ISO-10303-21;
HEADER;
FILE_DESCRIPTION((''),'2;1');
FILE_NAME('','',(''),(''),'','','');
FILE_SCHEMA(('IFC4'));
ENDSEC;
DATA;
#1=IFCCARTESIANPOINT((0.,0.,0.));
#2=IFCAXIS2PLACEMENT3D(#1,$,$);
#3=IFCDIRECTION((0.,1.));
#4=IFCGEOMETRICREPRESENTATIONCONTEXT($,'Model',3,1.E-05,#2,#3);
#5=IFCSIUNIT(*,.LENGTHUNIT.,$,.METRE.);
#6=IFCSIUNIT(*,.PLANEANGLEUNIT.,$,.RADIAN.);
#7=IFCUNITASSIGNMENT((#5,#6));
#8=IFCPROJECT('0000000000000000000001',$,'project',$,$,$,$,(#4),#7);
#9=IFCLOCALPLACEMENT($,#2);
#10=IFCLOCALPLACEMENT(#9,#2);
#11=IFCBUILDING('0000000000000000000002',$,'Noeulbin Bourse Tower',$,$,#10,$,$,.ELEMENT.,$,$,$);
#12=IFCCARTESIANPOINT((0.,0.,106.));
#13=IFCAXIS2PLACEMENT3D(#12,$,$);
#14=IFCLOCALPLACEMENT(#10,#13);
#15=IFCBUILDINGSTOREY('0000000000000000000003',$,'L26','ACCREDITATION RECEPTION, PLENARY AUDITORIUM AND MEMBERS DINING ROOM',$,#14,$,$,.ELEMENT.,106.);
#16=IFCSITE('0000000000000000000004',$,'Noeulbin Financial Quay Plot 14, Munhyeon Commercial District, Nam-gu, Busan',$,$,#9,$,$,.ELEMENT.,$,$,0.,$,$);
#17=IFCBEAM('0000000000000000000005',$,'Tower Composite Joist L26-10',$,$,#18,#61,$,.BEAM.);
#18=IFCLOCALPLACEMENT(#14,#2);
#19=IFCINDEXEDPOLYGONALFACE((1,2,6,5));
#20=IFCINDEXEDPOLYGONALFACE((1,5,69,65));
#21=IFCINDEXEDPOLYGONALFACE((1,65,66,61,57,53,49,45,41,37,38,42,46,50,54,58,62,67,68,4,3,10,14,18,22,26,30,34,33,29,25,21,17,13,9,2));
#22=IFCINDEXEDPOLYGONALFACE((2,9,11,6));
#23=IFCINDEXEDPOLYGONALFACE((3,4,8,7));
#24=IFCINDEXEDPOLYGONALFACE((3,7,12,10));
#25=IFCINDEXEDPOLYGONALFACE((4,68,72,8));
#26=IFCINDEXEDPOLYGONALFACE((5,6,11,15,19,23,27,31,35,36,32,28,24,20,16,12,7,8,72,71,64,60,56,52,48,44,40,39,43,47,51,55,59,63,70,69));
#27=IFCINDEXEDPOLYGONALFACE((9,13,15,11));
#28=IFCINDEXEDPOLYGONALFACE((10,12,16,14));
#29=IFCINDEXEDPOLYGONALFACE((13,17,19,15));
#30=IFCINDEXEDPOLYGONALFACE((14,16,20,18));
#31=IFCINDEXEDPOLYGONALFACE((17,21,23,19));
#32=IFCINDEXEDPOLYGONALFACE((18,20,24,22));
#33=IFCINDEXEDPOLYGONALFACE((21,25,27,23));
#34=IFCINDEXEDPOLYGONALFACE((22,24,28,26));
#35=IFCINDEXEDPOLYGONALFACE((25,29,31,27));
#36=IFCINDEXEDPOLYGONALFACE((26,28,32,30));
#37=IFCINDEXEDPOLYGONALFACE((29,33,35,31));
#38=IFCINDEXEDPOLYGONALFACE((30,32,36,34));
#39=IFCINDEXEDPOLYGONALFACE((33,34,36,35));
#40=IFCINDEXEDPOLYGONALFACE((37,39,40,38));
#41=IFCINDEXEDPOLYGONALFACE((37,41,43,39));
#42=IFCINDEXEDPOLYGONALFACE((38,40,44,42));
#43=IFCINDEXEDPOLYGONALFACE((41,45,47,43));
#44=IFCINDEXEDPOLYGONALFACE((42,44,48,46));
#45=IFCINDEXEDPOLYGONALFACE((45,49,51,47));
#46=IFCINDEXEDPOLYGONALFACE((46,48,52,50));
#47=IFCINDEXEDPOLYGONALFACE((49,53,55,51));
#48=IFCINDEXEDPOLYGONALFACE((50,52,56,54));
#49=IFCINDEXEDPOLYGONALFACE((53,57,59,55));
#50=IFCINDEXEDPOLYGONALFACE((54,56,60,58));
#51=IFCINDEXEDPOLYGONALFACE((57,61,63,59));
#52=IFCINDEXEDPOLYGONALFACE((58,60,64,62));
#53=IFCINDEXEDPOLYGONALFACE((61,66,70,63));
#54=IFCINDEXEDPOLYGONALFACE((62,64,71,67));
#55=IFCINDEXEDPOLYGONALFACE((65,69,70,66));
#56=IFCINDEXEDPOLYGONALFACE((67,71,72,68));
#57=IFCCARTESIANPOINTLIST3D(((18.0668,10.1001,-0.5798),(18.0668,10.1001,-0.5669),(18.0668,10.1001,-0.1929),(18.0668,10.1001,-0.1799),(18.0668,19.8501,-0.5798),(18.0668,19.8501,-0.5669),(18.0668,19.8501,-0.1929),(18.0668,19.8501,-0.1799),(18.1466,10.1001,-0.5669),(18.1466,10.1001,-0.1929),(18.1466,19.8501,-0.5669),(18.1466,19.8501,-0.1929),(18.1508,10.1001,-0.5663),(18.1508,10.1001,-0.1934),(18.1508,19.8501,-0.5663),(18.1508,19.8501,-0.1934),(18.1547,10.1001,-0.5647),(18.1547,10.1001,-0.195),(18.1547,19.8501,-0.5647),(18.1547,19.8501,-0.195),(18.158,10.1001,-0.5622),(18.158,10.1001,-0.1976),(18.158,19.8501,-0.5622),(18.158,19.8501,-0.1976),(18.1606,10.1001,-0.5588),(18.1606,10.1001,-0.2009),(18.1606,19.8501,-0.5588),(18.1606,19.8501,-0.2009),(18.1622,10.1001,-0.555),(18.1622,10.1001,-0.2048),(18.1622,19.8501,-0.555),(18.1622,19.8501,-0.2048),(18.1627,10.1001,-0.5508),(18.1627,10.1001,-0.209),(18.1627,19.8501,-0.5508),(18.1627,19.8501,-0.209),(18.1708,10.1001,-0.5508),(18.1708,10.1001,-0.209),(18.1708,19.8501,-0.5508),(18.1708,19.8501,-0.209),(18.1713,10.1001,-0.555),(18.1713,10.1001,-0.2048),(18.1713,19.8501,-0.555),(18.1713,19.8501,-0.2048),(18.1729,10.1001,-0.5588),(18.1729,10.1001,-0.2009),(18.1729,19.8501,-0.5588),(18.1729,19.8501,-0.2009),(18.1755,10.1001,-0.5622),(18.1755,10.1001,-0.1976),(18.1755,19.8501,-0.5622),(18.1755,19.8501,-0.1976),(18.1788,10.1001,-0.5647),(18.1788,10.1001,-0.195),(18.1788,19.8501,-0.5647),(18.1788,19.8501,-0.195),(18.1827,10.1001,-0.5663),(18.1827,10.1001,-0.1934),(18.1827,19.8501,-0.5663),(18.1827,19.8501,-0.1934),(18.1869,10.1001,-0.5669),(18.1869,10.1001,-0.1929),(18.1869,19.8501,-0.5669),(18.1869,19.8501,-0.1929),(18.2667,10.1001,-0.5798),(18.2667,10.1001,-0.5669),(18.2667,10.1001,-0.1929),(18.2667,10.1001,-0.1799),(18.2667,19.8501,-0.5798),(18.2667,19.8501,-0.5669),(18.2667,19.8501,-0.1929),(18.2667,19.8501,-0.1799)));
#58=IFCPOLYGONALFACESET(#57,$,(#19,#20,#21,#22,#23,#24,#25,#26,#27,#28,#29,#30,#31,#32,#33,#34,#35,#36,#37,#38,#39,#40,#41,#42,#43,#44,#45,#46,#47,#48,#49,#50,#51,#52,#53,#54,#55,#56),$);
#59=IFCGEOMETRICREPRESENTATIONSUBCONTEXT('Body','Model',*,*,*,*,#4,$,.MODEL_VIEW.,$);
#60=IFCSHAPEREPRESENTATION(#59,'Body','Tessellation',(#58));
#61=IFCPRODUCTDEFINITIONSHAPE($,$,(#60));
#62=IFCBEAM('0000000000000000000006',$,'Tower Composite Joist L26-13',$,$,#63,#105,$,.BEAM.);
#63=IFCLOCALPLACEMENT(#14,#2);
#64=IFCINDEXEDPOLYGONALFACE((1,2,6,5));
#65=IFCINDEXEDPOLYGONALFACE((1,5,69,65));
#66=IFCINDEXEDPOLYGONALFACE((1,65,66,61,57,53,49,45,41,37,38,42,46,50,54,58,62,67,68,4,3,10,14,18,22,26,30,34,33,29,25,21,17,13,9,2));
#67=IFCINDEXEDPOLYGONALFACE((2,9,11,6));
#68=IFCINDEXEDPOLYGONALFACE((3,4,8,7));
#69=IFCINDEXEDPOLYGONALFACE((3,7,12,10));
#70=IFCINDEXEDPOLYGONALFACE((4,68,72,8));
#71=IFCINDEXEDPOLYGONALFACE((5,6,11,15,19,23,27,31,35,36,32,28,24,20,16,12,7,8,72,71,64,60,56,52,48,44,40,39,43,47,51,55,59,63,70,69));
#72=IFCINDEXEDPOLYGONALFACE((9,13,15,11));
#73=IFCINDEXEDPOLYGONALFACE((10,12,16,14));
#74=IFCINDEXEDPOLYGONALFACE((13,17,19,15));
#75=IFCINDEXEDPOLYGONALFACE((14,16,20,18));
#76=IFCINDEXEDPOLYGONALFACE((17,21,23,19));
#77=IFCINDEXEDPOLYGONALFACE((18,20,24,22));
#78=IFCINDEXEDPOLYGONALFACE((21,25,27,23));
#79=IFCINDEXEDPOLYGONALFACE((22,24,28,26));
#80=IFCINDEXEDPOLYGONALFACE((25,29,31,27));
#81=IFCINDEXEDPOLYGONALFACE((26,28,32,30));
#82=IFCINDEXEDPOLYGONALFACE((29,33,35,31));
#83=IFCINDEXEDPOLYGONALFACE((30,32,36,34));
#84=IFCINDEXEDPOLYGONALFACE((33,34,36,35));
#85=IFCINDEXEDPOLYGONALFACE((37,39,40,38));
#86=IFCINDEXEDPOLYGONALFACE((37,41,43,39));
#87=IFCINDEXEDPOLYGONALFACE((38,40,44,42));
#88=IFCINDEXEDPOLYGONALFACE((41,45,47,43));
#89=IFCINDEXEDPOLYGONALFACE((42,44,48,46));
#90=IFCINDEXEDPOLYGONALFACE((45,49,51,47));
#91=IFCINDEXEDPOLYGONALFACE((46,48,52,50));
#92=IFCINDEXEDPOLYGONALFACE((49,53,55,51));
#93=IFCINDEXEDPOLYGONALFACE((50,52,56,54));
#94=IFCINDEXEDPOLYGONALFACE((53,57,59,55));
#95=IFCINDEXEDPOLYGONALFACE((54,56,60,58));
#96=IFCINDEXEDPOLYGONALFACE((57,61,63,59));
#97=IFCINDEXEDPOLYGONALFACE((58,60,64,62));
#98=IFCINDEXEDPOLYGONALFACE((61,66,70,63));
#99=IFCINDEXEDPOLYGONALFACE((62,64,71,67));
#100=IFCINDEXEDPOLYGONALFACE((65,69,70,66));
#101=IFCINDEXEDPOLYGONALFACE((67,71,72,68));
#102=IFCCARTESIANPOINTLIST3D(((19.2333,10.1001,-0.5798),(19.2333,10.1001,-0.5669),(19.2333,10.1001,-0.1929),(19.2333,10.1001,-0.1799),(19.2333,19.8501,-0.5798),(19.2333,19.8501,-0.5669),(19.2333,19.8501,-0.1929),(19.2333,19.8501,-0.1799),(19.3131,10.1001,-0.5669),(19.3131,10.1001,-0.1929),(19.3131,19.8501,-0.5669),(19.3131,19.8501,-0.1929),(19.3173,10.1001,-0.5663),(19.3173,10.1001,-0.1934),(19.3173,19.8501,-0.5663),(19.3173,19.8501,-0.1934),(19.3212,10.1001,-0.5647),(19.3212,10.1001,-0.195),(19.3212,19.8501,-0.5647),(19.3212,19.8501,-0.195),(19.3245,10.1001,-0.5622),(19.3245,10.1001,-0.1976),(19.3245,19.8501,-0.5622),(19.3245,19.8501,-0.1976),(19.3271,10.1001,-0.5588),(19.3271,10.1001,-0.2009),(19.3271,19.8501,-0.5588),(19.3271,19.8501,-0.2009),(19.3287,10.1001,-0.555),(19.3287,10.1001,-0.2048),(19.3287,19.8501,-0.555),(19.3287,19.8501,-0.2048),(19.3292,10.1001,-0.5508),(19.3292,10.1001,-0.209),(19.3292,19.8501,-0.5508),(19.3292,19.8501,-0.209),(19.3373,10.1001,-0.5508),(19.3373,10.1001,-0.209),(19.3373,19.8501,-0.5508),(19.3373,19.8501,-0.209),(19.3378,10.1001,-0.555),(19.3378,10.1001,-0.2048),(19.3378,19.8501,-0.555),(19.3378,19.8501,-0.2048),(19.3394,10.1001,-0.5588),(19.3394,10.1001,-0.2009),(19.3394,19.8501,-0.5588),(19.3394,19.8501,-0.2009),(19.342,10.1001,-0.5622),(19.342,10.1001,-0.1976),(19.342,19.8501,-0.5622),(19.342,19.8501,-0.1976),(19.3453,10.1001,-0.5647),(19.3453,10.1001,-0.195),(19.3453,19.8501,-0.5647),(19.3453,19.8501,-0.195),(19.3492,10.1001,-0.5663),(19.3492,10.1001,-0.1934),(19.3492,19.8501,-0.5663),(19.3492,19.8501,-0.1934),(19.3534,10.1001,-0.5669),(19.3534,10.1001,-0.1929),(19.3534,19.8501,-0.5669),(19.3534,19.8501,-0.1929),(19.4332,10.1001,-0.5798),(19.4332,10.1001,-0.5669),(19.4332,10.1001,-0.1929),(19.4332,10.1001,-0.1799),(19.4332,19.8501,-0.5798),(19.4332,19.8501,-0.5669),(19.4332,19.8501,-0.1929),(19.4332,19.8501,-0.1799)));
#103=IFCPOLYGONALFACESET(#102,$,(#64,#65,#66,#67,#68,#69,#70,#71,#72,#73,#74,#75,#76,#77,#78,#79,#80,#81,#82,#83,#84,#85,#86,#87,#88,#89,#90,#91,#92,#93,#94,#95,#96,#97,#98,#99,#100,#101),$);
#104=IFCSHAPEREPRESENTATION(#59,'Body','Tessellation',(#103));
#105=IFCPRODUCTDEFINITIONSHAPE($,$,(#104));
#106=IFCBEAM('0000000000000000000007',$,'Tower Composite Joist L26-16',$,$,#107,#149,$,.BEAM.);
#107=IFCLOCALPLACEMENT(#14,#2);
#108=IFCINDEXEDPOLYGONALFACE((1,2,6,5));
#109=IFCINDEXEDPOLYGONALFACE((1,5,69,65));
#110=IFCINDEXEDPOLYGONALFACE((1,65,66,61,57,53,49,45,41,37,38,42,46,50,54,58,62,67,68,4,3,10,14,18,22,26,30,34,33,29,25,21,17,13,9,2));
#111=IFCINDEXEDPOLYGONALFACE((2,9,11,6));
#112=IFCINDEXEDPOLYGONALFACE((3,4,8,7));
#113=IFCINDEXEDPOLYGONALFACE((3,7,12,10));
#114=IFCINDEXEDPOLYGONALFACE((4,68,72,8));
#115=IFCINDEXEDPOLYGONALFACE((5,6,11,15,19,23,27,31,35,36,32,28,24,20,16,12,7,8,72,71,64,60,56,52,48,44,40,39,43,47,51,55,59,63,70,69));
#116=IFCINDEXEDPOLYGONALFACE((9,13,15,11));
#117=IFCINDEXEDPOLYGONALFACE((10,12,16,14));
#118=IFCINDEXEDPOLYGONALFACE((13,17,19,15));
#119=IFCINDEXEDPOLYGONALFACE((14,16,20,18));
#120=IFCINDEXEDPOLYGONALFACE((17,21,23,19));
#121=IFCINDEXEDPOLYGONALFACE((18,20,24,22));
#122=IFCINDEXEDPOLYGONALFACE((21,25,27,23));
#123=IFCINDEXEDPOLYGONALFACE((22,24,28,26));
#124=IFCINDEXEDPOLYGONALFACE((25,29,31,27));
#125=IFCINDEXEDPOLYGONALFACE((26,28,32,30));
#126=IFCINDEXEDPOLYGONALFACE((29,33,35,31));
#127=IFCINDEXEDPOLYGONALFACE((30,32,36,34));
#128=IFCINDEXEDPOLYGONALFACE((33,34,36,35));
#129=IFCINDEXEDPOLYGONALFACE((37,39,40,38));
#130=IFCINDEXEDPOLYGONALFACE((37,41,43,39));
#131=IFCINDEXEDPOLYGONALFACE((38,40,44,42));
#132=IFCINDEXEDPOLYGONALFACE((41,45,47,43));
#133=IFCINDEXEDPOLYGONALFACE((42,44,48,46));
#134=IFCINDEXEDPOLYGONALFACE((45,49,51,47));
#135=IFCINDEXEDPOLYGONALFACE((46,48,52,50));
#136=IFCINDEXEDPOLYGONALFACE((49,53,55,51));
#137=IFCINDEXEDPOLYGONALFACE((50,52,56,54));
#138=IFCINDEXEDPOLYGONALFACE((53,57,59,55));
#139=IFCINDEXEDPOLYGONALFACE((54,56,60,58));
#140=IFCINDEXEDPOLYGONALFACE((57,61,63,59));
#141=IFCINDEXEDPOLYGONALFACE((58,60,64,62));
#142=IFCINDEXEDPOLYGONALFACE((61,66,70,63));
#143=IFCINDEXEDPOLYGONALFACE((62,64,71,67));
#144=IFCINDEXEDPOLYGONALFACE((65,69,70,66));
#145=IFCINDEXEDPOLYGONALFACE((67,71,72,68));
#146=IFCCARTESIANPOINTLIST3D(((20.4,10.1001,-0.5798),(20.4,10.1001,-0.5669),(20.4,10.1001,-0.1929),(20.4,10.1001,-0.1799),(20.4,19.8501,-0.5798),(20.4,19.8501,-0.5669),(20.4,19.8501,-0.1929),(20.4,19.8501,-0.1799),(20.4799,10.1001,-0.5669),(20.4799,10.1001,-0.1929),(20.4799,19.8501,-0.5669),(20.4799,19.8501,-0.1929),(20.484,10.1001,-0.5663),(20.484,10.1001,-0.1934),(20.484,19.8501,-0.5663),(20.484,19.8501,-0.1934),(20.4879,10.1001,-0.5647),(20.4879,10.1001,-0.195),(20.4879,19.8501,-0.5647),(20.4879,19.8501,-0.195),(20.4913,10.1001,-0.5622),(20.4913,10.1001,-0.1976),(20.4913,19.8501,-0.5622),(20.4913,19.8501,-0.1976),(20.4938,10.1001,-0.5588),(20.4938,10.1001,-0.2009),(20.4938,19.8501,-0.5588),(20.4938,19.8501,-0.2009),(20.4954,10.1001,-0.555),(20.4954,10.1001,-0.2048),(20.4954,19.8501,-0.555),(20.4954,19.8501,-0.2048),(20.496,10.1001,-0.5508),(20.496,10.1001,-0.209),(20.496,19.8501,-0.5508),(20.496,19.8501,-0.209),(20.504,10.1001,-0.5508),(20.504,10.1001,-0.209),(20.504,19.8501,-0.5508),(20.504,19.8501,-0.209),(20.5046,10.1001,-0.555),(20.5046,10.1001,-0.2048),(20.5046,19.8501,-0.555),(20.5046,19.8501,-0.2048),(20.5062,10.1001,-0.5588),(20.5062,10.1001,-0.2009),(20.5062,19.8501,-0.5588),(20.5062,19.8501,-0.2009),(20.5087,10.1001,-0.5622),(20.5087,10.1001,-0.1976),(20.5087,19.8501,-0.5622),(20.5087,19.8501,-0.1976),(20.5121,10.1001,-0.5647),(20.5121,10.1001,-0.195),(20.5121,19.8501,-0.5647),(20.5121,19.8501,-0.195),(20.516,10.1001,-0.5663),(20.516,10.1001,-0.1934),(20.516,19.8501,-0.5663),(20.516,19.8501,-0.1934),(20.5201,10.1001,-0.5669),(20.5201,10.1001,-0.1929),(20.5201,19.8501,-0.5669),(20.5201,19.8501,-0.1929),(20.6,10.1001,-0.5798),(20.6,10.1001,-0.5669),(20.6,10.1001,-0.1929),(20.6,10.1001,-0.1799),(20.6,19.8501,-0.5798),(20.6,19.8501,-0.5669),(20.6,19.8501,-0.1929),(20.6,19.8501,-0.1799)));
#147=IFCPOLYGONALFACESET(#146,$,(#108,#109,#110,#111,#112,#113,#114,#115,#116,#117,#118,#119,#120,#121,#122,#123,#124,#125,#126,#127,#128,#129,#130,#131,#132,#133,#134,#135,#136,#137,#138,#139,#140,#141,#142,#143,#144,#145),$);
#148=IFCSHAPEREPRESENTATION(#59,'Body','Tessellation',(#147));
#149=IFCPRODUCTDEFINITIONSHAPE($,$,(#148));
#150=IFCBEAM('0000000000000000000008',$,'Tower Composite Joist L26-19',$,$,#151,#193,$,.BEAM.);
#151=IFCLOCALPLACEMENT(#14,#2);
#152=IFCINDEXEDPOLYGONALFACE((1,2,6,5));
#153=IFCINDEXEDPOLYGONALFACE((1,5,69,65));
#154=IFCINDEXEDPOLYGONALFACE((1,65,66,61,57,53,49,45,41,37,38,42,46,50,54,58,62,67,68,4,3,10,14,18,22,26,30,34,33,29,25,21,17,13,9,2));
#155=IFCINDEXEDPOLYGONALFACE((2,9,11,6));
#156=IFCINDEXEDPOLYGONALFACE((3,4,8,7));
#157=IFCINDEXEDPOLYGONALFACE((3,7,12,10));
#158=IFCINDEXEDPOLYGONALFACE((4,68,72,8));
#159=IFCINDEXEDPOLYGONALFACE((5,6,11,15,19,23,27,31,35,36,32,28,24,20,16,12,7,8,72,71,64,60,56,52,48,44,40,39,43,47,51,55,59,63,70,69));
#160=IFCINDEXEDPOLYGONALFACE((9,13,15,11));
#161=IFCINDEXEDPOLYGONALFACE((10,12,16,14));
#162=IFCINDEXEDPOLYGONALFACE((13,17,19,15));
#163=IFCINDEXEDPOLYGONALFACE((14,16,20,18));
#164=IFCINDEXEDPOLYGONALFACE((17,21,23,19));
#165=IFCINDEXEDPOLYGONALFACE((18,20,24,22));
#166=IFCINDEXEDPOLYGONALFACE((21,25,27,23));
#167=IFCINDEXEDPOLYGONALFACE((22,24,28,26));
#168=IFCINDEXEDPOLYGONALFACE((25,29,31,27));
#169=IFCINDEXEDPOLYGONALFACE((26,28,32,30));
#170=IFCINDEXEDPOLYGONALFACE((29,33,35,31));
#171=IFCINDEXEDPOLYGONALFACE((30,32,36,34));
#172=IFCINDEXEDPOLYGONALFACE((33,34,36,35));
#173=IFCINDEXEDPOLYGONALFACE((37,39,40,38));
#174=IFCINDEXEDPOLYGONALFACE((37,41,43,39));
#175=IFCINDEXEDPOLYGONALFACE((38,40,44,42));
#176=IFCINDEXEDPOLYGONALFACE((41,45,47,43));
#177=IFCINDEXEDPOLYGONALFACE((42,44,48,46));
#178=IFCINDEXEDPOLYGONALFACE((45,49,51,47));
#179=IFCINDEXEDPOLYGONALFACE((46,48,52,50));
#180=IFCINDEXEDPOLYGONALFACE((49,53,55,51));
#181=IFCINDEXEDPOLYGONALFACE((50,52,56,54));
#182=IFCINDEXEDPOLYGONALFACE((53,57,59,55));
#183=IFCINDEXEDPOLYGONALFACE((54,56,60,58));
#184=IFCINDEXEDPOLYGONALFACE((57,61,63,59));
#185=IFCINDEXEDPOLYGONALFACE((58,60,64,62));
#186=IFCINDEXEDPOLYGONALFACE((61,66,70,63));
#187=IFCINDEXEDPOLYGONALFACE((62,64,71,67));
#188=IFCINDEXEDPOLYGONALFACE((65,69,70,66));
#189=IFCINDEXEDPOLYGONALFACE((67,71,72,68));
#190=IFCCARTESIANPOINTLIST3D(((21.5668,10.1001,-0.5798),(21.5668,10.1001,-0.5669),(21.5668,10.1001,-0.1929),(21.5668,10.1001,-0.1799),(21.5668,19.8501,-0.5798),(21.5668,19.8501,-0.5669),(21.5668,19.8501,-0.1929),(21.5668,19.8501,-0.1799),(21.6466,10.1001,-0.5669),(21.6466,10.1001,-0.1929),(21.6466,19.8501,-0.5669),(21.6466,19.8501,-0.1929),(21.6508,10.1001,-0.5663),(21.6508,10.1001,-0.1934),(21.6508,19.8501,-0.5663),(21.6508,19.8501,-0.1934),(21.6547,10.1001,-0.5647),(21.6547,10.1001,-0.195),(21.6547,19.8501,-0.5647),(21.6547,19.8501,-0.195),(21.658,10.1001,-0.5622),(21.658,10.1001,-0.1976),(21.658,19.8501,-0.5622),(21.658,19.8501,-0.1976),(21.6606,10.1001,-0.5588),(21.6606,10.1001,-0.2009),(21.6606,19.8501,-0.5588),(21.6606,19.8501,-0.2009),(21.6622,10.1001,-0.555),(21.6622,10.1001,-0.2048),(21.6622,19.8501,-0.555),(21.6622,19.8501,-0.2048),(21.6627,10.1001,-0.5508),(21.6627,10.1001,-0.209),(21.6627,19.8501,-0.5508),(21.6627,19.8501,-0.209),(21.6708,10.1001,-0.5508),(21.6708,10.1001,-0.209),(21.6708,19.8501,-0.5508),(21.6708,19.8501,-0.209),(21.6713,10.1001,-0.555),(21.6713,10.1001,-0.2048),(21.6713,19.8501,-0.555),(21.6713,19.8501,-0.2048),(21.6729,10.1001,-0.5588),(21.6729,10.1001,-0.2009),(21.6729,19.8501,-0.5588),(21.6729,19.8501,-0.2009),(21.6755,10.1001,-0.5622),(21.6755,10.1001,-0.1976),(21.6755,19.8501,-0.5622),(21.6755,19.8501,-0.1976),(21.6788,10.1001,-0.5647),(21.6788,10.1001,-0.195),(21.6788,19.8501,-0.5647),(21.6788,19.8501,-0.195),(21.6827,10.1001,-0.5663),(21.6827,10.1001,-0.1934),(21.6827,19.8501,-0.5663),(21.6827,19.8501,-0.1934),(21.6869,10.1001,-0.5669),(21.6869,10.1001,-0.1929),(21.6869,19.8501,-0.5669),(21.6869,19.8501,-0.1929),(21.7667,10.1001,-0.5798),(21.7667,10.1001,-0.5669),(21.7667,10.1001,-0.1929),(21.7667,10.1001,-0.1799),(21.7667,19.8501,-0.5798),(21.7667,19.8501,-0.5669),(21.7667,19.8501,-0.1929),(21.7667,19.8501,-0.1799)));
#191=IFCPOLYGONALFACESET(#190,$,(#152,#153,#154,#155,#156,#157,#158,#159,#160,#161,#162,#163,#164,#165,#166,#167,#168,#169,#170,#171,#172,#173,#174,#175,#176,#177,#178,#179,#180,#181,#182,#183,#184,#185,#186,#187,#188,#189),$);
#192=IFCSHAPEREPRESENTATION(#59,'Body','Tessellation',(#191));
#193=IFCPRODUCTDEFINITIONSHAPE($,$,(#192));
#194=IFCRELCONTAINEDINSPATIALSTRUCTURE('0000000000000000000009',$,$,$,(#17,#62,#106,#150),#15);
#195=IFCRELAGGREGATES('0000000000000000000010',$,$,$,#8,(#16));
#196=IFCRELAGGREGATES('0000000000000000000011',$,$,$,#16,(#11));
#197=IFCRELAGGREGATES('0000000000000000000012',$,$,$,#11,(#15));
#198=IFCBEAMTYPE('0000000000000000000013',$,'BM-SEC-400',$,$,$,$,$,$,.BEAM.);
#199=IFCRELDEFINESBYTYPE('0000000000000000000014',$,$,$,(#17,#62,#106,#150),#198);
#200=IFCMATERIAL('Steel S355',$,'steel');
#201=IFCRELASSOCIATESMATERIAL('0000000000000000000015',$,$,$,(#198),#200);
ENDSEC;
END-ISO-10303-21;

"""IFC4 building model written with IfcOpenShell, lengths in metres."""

from ifc_helpers import new_model, si_unit, direction, frame, origin, origin_2d, place, context, subcontext, project, spatial, i_section, extrude, material, material_profile, profile_set, type_object, element, save


model = new_model("IFC4")

# Units and contexts
model_context = context("Model", 3, precision=1e-05, world=origin(), true_north=direction((0.0, 1.0)))
body_context = subcontext(model_context, "Body", "Model", "MODEL_VIEW")
ifc_project = project(units=[si_unit("LENGTHUNIT", "METRE"), si_unit("PLANEANGLEUNIT", "RADIAN")], contexts=[model_context])

# Site, building, storey
site_placement = place(None, origin())
site = spatial("IfcSite", under=ifc_project, at=site_placement, Name="Noeulbin Financial Quay Plot 14, Munhyeon Commercial District, Nam-gu, Busan", CompositionType="ELEMENT", RefElevation=0.0)
building_placement = place(site_placement, origin())
building = spatial("IfcBuilding", under=site, at=building_placement, Name="Noeulbin Bourse Tower", CompositionType="ELEMENT")
storey_placement = place(building_placement, frame((0.0, 0.0, 106.0)))
storey = spatial("IfcBuildingStorey", under=building, at=storey_placement, Name="L26", Description="ACCREDITATION RECEPTION, PLENARY AUDITORIUM AND MEMBERS DINING ROOM", CompositionType="ELEMENT", Elevation=106.0)

# Shared definitions
ifc_material_1 = material(Name="Steel S355", Category="steel")

# Beams
ifc_material_profile_1 = material_profile(ifc_material_1, i_section(OverallWidth=0.2, OverallDepth=0.3999, WebThickness=0.0081, FlangeThickness=0.0129, FilletRadius=0.0161, at=origin_2d()), Name="H-400x200x8x13", Category="LoadBearing")
ifc_profile_set_1 = profile_set([ifc_material_profile_1], Name="Steel S355")
beam_type_1 = type_object("IfcBeamType", Name="BM-SEC-400", PredefinedType="BEAM", material=ifc_profile_set_1)
for number, where, z_axis, x_axis, name in (
    (1, (18.1667, 10.1001, -0.3799), (0.0, 1.0, 0.0), (-1.0, 0.0, 0.0), "Tower Composite Joist L26-10"),
    (2, (19.3333, 10.1001, -0.3799), (0.0, 1.0, 0.0), (-1.0, 0.0, 0.0), "Tower Composite Joist L26-13"),
    (3, (20.5, 10.1001, -0.3799), (0.0, 1.0, 0.0), (-1.0, 0.0, 0.0), "Tower Composite Joist L26-16"),
    (4, (21.6667, 10.1001, -0.3799), (0.0, 1.0, 0.0), (-1.0, 0.0, 0.0), "Tower Composite Joist L26-19"),
):
    element("IfcBeam", number, at=place(storey_placement, frame(where, z_axis=z_axis, x_axis=x_axis)), inside=storey, type_object=beam_type_1, Name=name, PredefinedType="BEAM", context=body_context, shape_type="SweptSolid", body=[
        extrude(i_section(OverallWidth=0.2, OverallDepth=0.3999, WebThickness=0.0081, FlangeThickness=0.0129, FilletRadius=0.0161, at=origin_2d()), origin(), (0.0, 0.0, 1.0), 9.75),
    ])

save(model, "model.ifc")
